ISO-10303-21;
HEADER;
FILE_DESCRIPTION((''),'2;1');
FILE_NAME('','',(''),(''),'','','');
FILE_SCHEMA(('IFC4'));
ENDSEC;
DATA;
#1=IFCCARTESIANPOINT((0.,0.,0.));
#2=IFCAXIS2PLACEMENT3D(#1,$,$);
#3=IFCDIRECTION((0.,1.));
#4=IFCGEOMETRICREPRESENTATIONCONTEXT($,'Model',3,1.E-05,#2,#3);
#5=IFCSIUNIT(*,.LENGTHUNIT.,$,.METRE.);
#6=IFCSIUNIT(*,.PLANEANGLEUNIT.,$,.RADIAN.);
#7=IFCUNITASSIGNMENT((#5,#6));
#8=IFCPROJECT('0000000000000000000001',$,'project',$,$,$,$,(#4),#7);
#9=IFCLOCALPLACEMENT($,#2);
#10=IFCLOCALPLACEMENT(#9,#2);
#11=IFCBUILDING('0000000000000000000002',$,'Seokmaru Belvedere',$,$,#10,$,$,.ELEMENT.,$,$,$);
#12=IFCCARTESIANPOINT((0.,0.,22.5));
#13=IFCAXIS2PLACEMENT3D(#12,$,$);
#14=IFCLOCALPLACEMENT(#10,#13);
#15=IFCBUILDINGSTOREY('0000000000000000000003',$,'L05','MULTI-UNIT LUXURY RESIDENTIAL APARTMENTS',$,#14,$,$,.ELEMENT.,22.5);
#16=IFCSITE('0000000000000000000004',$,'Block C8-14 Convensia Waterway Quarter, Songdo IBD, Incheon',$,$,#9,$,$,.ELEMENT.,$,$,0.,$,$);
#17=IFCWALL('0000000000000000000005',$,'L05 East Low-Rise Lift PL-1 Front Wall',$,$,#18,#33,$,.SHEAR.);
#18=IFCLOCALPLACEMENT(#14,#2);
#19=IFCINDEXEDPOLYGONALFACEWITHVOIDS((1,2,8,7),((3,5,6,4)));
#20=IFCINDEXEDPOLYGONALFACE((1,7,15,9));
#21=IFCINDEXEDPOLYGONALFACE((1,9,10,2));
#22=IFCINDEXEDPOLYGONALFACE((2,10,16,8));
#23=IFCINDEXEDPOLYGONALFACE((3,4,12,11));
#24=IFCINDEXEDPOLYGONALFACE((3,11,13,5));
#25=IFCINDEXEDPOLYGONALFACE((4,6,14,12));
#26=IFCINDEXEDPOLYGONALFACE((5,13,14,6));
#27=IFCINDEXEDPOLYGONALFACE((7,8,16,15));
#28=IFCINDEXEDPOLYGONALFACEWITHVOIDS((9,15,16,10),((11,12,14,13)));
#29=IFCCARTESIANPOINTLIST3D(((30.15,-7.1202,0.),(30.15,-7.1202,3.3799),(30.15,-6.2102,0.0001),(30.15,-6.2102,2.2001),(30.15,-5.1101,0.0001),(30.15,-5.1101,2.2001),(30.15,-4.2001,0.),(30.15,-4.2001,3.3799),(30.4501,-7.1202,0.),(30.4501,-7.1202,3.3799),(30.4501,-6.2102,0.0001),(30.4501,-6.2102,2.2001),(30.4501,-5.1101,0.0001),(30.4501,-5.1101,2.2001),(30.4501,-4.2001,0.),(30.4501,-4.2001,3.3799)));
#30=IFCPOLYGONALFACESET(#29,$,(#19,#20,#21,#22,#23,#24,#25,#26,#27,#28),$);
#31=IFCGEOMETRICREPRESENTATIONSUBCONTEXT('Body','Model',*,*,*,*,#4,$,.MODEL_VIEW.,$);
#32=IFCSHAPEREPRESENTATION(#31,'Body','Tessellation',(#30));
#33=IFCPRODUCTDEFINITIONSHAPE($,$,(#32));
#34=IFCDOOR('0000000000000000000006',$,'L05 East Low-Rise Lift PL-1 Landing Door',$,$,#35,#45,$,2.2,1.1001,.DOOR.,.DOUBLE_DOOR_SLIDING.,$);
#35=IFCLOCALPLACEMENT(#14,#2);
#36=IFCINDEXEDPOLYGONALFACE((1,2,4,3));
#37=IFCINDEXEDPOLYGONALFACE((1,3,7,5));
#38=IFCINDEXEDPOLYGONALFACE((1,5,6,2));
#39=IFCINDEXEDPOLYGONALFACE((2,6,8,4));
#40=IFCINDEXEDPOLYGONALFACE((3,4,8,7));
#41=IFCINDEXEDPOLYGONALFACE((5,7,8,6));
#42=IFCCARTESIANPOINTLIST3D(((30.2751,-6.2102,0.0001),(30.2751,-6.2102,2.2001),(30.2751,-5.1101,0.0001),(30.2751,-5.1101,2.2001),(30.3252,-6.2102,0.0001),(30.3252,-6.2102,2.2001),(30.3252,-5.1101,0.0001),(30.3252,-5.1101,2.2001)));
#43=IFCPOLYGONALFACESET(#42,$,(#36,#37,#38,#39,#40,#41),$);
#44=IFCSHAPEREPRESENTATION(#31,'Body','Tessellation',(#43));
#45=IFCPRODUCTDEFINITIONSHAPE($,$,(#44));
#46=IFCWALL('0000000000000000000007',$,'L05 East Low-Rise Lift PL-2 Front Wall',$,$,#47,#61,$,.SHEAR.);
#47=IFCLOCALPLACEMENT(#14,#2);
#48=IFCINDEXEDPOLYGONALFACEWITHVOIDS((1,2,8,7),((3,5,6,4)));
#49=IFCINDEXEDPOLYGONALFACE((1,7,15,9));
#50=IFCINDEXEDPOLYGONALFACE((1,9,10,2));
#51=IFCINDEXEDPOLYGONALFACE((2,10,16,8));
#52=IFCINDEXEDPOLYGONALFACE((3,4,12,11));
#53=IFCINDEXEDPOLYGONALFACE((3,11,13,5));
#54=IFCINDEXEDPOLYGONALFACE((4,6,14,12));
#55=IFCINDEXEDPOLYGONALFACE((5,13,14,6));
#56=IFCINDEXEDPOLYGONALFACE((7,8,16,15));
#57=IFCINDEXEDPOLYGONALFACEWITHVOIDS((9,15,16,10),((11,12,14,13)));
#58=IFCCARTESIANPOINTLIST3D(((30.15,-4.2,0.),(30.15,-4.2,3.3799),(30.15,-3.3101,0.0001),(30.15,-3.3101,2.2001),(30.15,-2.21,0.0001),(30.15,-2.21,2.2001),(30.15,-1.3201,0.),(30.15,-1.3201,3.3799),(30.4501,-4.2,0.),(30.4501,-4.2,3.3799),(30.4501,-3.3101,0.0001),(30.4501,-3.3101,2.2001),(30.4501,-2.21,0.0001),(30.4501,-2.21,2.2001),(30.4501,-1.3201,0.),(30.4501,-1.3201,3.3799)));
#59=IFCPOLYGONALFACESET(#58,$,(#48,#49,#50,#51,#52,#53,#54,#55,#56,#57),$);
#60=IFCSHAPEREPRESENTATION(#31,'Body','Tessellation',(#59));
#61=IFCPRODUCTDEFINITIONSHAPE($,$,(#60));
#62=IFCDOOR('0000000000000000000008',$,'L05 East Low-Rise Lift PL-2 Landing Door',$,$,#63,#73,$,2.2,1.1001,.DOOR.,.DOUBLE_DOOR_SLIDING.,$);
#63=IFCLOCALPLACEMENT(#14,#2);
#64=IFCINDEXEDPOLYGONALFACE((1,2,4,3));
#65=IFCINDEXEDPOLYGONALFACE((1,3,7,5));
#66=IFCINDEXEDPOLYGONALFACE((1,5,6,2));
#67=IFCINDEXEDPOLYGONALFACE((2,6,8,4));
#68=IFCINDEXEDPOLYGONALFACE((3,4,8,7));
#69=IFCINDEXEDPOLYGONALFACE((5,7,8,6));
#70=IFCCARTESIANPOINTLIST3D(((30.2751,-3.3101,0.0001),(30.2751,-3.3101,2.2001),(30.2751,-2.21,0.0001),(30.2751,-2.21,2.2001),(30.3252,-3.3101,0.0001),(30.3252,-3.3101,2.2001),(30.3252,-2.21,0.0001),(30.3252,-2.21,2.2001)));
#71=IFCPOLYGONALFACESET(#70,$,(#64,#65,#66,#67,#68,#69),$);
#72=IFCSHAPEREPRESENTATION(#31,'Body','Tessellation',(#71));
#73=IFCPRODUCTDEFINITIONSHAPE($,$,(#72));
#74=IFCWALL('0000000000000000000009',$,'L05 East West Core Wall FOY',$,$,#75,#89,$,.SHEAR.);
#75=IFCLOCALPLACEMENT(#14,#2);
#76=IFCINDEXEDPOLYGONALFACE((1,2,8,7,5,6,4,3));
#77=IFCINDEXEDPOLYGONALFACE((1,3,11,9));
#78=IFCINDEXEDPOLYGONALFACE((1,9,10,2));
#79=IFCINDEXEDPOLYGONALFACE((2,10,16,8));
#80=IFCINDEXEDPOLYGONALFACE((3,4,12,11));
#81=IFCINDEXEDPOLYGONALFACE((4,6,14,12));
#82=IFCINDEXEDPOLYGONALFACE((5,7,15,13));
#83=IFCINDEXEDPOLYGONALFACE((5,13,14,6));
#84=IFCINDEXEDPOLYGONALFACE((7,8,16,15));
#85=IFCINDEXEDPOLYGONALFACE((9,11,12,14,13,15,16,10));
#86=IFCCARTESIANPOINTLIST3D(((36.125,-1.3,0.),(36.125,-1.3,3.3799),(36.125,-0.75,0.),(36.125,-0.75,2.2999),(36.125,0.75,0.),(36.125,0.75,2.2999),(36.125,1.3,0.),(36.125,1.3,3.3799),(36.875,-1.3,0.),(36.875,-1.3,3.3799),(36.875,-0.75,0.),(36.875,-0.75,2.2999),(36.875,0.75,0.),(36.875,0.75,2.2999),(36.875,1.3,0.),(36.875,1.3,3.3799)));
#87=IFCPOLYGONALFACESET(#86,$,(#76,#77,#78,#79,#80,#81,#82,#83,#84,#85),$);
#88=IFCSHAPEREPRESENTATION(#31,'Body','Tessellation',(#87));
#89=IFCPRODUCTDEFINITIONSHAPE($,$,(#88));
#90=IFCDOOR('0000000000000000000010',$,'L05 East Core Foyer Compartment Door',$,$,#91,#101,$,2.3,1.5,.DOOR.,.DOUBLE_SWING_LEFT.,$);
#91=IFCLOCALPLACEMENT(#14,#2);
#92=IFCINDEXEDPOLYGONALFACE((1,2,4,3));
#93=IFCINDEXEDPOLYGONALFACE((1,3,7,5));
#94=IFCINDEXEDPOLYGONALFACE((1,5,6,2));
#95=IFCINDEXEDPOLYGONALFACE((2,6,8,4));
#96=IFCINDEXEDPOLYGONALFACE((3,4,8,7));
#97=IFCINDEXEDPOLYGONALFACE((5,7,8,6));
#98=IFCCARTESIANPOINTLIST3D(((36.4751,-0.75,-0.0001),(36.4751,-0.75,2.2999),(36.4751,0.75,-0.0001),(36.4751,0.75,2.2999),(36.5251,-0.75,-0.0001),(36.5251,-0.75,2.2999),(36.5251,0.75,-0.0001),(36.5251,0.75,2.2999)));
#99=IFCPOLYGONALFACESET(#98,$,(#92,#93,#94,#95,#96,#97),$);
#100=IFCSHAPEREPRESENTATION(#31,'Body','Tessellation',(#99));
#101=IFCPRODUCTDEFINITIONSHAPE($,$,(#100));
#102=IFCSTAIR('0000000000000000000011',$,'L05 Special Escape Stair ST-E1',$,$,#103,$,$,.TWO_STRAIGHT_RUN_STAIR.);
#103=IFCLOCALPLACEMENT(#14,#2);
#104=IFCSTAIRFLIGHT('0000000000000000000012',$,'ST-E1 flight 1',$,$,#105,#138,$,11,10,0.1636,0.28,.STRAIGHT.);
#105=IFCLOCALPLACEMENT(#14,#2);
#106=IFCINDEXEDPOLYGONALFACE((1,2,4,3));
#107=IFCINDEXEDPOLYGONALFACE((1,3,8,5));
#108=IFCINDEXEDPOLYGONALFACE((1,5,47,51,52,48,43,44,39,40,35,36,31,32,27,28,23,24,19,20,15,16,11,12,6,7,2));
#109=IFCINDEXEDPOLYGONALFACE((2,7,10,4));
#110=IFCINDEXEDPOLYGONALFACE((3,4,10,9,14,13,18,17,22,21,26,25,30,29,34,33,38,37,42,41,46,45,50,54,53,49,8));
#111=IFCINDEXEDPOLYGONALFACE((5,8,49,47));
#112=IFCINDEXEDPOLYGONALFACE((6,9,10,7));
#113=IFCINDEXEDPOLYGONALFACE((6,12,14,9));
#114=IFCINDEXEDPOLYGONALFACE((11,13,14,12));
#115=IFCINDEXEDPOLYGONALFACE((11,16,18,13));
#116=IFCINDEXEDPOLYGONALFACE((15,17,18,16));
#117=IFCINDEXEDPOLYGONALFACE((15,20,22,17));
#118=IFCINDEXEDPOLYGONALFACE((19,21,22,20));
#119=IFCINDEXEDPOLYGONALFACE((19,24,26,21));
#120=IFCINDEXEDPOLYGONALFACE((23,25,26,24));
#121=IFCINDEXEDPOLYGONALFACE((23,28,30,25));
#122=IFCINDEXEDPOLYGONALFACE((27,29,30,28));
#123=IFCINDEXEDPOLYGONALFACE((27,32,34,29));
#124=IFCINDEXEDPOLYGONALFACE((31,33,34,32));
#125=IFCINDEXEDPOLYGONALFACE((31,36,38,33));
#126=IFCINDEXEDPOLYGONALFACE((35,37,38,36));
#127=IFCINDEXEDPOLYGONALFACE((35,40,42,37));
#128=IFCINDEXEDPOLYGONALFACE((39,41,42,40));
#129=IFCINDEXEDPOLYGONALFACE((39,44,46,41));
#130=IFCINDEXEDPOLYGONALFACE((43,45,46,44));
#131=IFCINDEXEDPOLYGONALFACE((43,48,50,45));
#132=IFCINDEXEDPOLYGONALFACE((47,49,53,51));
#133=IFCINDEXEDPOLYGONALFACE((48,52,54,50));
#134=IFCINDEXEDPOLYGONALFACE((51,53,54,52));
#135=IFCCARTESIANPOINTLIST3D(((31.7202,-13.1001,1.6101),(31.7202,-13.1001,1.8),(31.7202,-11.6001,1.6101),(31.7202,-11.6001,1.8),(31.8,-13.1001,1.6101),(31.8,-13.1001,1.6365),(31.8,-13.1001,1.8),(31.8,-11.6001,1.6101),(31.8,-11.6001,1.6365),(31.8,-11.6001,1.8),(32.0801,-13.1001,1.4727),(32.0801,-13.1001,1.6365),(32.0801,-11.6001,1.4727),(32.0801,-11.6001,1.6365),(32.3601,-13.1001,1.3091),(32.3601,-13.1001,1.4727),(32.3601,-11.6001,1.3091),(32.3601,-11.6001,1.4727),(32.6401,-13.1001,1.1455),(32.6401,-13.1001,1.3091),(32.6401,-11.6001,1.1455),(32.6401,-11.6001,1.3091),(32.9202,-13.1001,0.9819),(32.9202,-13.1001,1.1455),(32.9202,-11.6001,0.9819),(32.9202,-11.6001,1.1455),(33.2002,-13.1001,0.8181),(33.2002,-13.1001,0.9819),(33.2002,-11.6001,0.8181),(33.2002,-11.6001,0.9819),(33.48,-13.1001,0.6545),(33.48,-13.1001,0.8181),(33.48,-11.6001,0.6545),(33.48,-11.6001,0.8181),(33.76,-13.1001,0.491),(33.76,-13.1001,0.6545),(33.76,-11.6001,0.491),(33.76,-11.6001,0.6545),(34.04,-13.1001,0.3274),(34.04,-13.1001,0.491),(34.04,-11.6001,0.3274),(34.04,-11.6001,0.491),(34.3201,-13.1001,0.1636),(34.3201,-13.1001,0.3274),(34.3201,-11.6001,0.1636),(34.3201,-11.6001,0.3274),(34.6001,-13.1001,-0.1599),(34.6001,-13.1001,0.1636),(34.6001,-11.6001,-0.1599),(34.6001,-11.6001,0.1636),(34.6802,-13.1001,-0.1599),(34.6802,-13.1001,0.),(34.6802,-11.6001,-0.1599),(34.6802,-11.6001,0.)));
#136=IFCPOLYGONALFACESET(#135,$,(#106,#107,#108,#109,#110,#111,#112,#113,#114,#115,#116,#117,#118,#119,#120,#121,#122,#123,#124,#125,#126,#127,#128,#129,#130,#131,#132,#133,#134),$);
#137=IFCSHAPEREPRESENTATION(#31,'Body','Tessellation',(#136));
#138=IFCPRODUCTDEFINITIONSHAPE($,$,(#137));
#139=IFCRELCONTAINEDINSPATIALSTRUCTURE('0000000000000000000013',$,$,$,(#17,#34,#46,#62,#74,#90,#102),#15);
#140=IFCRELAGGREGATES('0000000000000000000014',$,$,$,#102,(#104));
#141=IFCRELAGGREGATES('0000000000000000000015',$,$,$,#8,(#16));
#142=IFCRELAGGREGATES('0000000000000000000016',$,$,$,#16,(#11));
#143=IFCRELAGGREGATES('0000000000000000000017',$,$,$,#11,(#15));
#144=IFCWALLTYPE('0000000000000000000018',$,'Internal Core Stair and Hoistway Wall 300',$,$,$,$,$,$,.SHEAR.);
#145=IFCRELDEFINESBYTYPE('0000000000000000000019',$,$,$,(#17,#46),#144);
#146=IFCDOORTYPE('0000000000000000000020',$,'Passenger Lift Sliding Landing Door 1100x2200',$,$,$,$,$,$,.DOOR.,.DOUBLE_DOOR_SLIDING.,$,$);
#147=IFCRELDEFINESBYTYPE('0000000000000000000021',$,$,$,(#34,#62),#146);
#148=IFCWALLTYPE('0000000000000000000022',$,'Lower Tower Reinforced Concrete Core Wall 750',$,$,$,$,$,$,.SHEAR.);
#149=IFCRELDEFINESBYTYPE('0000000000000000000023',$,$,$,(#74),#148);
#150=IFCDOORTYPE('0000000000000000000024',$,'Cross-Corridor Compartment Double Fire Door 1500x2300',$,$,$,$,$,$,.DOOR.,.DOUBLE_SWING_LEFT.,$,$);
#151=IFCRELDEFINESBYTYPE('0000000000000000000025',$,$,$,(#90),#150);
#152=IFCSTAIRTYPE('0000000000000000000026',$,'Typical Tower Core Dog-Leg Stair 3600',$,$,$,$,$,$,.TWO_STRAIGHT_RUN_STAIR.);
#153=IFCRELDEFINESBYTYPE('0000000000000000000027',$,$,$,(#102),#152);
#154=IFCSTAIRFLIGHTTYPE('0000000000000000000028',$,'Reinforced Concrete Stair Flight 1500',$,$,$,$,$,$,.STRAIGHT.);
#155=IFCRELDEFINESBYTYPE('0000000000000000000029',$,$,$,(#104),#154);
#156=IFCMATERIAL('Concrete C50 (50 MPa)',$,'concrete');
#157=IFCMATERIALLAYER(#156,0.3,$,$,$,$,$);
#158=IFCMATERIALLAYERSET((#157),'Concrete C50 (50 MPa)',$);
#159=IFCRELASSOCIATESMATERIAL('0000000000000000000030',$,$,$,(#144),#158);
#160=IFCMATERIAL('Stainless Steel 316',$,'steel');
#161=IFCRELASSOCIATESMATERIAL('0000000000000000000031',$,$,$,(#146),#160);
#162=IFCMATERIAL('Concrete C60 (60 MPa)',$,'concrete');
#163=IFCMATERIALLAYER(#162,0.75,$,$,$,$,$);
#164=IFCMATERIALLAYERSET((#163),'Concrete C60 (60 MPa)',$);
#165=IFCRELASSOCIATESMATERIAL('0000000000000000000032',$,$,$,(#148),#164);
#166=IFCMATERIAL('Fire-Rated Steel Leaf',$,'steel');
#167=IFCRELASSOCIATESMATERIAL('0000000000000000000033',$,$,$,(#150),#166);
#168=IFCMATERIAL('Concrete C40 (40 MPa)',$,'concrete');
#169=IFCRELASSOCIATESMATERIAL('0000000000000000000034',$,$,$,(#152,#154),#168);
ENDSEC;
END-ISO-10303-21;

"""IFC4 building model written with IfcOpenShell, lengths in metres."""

from ifc_helpers import new_model, si_unit, direction, frame, frame_2d, origin, place, context, subcontext, project, spatial, polyline, rectangle, outline, extrude, source, transform, mapped, material, layer, layer_set, type_object, type_shapes, element, fill, aggregate, save


model = new_model("IFC4")

# Units and contexts
model_context = context("Model", 3, precision=1e-05, world=origin(), true_north=direction((0.0, 1.0)))
body_context = subcontext(model_context, "Body", "Model", "MODEL_VIEW")
ifc_project = project(units=[si_unit("LENGTHUNIT", "METRE"), si_unit("PLANEANGLEUNIT", "RADIAN")], contexts=[model_context])

# Site, building, storey
site_placement = place(None, origin())
site = spatial("IfcSite", under=ifc_project, at=site_placement, Name="Block C8-14 Convensia Waterway Quarter, Songdo IBD, Incheon", CompositionType="ELEMENT", RefElevation=0.0)
building_placement = place(site_placement, origin())
building = spatial("IfcBuilding", under=site, at=building_placement, Name="Seokmaru Belvedere", CompositionType="ELEMENT")
storey_placement = place(building_placement, frame((0.0, 0.0, 22.5)))
storey = spatial("IfcBuildingStorey", under=building, at=storey_placement, Name="L05", Description="MULTI-UNIT LUXURY RESIDENTIAL APARTMENTS", CompositionType="ELEMENT", Elevation=22.5)

# Shared definitions
ifc_material_1 = material(Name="Fire-Rated Steel Leaf", Category="steel")

# Walls, openings, doors
ifc_material_2 = material(Name="Concrete C50 (50 MPa)", Category="concrete")
ifc_layer_1 = layer(ifc_material_2, 0.3)
ifc_layer_set_1 = layer_set([ifc_layer_1], Name="Concrete C50 (50 MPa)")
wall_type_1 = type_object("IfcWallType", Name="Internal Core Stair and Hoistway Wall 300", PredefinedType="SHEAR", material=ifc_layer_set_1)
ifc_material_3 = material(Name="Stainless Steel 316", Category="steel")
wall_1_placement = place(storey_placement, frame((30.3, -7.1201, 0.0), z_axis=(0.0, 0.0, 1.0), x_axis=(0.0, 1.0, 0.0)))
wall_1 = element("IfcWall", 1, at=wall_1_placement, inside=storey, type_object=wall_type_1, Name="L05 East Low-Rise Lift PL-1 Front Wall", PredefinedType="SHEAR", context=body_context, shape_type="SweptSolid", body=[
    extrude(rectangle(XDim=2.9202, YDim=0.3, at=frame_2d((1.46, 0.0))), origin(), (0.0, 0.0, 1.0), 3.3799),
])
opening_1_placement = place(wall_1_placement, frame((0.9099, 0.0, 0.0)))
opening_1 = element("IfcOpeningElement", 2, at=opening_1_placement, cuts=wall_1, PredefinedType="OPENING", context=body_context, shape_type="SweptSolid", body=[
    extrude(rectangle(XDim=1.1001, YDim=2.2, at=frame_2d((0.55, 1.1001))), frame((0.0, 0.1602, 0.0), z_axis=(0.0, -1.0, 0.0), x_axis=(1.0, 0.0, 0.0)), (0.0, 0.0, 1.0), 0.3201),
])
door_type_1 = type_object("IfcDoorType", Name="Passenger Lift Sliding Landing Door 1100x2200", OperationType="DOUBLE_DOOR_SLIDING", PredefinedType="DOOR", material=ifc_material_3)
shared_shape_1 = source(origin(), body_context, "Body", "SweptSolid", [
    extrude(rectangle(XDim=1.1001, YDim=2.2, at=frame_2d((0.55, 1.1001))), frame((0.0, 0.0249, 0.0), z_axis=(0.0, -1.0, 0.0), x_axis=(1.0, 0.0, 0.0)), (0.0, 0.0, 1.0), 0.05),
])
type_shapes(door_type_1, [shared_shape_1])
door_1_placement = place(opening_1_placement, origin())
door_1 = element("IfcDoor", 3, at=door_1_placement, inside=storey, type_object=door_type_1, Name="L05 East Low-Rise Lift PL-1 Landing Door", OperationType="DOUBLE_DOOR_SLIDING", OverallHeight=2.2, OverallWidth=1.1001, PredefinedType="DOOR", context=body_context, shape_type="MappedRepresentation", body=[
    mapped(shared_shape_1, transform((0.0, 0.0, 0.0), scale=1.0)),
])
fill(opening_1, door_1)
wall_2_placement = place(storey_placement, frame((30.3, -4.2, 0.0), z_axis=(0.0, 0.0, 1.0), x_axis=(0.0, 1.0, 0.0)))
wall_2 = element("IfcWall", 4, at=wall_2_placement, inside=storey, type_object=wall_type_1, Name="L05 East Low-Rise Lift PL-2 Front Wall", PredefinedType="SHEAR", context=body_context, shape_type="SweptSolid", body=[
    extrude(rectangle(XDim=2.8799, YDim=0.3, at=frame_2d((1.4399, 0.0))), origin(), (0.0, 0.0, 1.0), 3.3799),
])
opening_2_placement = place(wall_2_placement, frame((0.8899, 0.0, 0.0)))
opening_2 = element("IfcOpeningElement", 5, at=opening_2_placement, cuts=wall_2, PredefinedType="OPENING", context=body_context, shape_type="SweptSolid", body=[
    extrude(rectangle(XDim=1.1001, YDim=2.2, at=frame_2d((0.55, 1.1001))), frame((0.0, 0.1602, 0.0), z_axis=(0.0, -1.0, 0.0), x_axis=(1.0, 0.0, 0.0)), (0.0, 0.0, 1.0), 0.3201),
])
door_2_placement = place(opening_2_placement, origin())
door_2 = element("IfcDoor", 6, at=door_2_placement, inside=storey, type_object=door_type_1, Name="L05 East Low-Rise Lift PL-2 Landing Door", OperationType="DOUBLE_DOOR_SLIDING", OverallHeight=2.2, OverallWidth=1.1001, PredefinedType="DOOR", context=body_context, shape_type="MappedRepresentation", body=[
    mapped(shared_shape_1, transform((0.0, 0.0, 0.0), scale=1.0)),
])
fill(opening_2, door_2)
ifc_material_4 = material(Name="Concrete C60 (60 MPa)", Category="concrete")
ifc_layer_2 = layer(ifc_material_4, 0.75)
ifc_layer_set_2 = layer_set([ifc_layer_2], Name="Concrete C60 (60 MPa)")
wall_type_2 = type_object("IfcWallType", Name="Lower Tower Reinforced Concrete Core Wall 750", PredefinedType="SHEAR", material=ifc_layer_set_2)
wall_3_placement = place(storey_placement, frame((36.5, -1.3, 0.0), z_axis=(0.0, 0.0, 1.0), x_axis=(0.0, 1.0, 0.0)))
wall_3 = element("IfcWall", 7, at=wall_3_placement, inside=storey, type_object=wall_type_2, Name="L05 East West Core Wall FOY", PredefinedType="SHEAR", context=body_context, shape_type="SweptSolid", body=[
    extrude(rectangle(XDim=2.6001, YDim=0.75, at=frame_2d((1.3, 0.0))), origin(), (0.0, 0.0, 1.0), 3.3799),
])
opening_3_placement = place(wall_3_placement, frame((0.55, 0.0, 0.0)))
opening_3 = element("IfcOpeningElement", 8, at=opening_3_placement, cuts=wall_3, PredefinedType="OPENING", context=body_context, shape_type="SweptSolid", body=[
    extrude(rectangle(XDim=1.5, YDim=2.3, at=frame_2d((0.75, 1.1499))), frame((0.0, 0.385, 0.0), z_axis=(0.0, -1.0, 0.0), x_axis=(1.0, 0.0, 0.0)), (0.0, 0.0, 1.0), 0.77),
])
door_type_2 = type_object("IfcDoorType", Name="Cross-Corridor Compartment Double Fire Door 1500x2300", OperationType="DOUBLE_SWING_LEFT", PredefinedType="DOOR", material=ifc_material_1)
shared_shape_2 = source(origin(), body_context, "Body", "SweptSolid", [
    extrude(rectangle(XDim=1.5, YDim=2.3, at=frame_2d((0.75, 1.1499))), frame((0.0, 0.0249, 0.0), z_axis=(0.0, -1.0, 0.0), x_axis=(1.0, 0.0, 0.0)), (0.0, 0.0, 1.0), 0.05),
])
type_shapes(door_type_2, [shared_shape_2])
door_3_placement = place(opening_3_placement, origin())
door_3 = element("IfcDoor", 9, at=door_3_placement, inside=storey, type_object=door_type_2, Name="L05 East Core Foyer Compartment Door", OperationType="DOUBLE_SWING_LEFT", OverallHeight=2.3, OverallWidth=1.5, PredefinedType="DOOR", context=body_context, shape_type="MappedRepresentation", body=[
    mapped(shared_shape_2, transform((0.0, 0.0, 0.0), scale=1.0)),
])
fill(opening_3, door_3)

# Stair, stair flight
ifc_material_5 = material(Name="Concrete C40 (40 MPa)", Category="concrete")
stair_type = type_object("IfcStairType", Name="Typical Tower Core Dog-Leg Stair 3600", PredefinedType="TWO_STRAIGHT_RUN_STAIR", material=ifc_material_5)
stair_placement = place(storey_placement, origin())
stair = element("IfcStair", 10, at=stair_placement, inside=storey, type_object=stair_type, Name="L05 Special Escape Stair ST-E1", PredefinedType="TWO_STRAIGHT_RUN_STAIR")
stair_flight_type = type_object("IfcStairFlightType", Name="Reinforced Concrete Stair Flight 1500", PredefinedType="STRAIGHT", material=ifc_material_5)
stair_flight_1_placement = place(storey_placement, frame((34.6001, -12.3501, 0.0), z_axis=(0.0, 0.0, 1.0), x_axis=(-1.0, 0.0, 0.0)))
stair_flight_1 = element("IfcStairFlight", 11, at=stair_flight_1_placement, type_object=stair_flight_type, Name="ST-E1 flight 1", NumberOfRisers=11, NumberOfTreads=10, PredefinedType="STRAIGHT", RiserHeight=0.1636, TreadLength=0.28, context=body_context, shape_type="SweptSolid", body=[
    extrude(outline(polyline([(-0.0801, 0.0), (0.0, 0.1636), (0.28, 0.1636), (0.28, 0.3274), (0.5601, 0.3274), (0.5601, 0.491), (0.8401, 0.491), (0.8401, 0.6545), (1.1201, 0.6545), (1.1201, 0.8181), (1.3999, 0.8181), (1.3999, 0.9819), (1.6799, 0.9819), (1.6799, 1.1455), (1.96, 1.1455), (1.96, 1.3091), (2.24, 1.3091), (2.24, 1.4727), (2.52, 1.4727), (2.52, 1.6365), (2.8, 1.6365), (2.8, 1.8), (2.8799, 1.8), (2.8799, 1.6101), (2.8, 1.6101), (0.0, -0.1599), (-0.0801, -0.1599), (-0.0801, 0.0)])), frame((0.0, 0.75, 0.0), z_axis=(0.0, -1.0, 0.0), x_axis=(1.0, 0.0, 0.0)), (0.0, 0.0, 1.0), 1.5),
])
aggregate(stair, [stair_flight_1])

save(model, "model.ifc")
